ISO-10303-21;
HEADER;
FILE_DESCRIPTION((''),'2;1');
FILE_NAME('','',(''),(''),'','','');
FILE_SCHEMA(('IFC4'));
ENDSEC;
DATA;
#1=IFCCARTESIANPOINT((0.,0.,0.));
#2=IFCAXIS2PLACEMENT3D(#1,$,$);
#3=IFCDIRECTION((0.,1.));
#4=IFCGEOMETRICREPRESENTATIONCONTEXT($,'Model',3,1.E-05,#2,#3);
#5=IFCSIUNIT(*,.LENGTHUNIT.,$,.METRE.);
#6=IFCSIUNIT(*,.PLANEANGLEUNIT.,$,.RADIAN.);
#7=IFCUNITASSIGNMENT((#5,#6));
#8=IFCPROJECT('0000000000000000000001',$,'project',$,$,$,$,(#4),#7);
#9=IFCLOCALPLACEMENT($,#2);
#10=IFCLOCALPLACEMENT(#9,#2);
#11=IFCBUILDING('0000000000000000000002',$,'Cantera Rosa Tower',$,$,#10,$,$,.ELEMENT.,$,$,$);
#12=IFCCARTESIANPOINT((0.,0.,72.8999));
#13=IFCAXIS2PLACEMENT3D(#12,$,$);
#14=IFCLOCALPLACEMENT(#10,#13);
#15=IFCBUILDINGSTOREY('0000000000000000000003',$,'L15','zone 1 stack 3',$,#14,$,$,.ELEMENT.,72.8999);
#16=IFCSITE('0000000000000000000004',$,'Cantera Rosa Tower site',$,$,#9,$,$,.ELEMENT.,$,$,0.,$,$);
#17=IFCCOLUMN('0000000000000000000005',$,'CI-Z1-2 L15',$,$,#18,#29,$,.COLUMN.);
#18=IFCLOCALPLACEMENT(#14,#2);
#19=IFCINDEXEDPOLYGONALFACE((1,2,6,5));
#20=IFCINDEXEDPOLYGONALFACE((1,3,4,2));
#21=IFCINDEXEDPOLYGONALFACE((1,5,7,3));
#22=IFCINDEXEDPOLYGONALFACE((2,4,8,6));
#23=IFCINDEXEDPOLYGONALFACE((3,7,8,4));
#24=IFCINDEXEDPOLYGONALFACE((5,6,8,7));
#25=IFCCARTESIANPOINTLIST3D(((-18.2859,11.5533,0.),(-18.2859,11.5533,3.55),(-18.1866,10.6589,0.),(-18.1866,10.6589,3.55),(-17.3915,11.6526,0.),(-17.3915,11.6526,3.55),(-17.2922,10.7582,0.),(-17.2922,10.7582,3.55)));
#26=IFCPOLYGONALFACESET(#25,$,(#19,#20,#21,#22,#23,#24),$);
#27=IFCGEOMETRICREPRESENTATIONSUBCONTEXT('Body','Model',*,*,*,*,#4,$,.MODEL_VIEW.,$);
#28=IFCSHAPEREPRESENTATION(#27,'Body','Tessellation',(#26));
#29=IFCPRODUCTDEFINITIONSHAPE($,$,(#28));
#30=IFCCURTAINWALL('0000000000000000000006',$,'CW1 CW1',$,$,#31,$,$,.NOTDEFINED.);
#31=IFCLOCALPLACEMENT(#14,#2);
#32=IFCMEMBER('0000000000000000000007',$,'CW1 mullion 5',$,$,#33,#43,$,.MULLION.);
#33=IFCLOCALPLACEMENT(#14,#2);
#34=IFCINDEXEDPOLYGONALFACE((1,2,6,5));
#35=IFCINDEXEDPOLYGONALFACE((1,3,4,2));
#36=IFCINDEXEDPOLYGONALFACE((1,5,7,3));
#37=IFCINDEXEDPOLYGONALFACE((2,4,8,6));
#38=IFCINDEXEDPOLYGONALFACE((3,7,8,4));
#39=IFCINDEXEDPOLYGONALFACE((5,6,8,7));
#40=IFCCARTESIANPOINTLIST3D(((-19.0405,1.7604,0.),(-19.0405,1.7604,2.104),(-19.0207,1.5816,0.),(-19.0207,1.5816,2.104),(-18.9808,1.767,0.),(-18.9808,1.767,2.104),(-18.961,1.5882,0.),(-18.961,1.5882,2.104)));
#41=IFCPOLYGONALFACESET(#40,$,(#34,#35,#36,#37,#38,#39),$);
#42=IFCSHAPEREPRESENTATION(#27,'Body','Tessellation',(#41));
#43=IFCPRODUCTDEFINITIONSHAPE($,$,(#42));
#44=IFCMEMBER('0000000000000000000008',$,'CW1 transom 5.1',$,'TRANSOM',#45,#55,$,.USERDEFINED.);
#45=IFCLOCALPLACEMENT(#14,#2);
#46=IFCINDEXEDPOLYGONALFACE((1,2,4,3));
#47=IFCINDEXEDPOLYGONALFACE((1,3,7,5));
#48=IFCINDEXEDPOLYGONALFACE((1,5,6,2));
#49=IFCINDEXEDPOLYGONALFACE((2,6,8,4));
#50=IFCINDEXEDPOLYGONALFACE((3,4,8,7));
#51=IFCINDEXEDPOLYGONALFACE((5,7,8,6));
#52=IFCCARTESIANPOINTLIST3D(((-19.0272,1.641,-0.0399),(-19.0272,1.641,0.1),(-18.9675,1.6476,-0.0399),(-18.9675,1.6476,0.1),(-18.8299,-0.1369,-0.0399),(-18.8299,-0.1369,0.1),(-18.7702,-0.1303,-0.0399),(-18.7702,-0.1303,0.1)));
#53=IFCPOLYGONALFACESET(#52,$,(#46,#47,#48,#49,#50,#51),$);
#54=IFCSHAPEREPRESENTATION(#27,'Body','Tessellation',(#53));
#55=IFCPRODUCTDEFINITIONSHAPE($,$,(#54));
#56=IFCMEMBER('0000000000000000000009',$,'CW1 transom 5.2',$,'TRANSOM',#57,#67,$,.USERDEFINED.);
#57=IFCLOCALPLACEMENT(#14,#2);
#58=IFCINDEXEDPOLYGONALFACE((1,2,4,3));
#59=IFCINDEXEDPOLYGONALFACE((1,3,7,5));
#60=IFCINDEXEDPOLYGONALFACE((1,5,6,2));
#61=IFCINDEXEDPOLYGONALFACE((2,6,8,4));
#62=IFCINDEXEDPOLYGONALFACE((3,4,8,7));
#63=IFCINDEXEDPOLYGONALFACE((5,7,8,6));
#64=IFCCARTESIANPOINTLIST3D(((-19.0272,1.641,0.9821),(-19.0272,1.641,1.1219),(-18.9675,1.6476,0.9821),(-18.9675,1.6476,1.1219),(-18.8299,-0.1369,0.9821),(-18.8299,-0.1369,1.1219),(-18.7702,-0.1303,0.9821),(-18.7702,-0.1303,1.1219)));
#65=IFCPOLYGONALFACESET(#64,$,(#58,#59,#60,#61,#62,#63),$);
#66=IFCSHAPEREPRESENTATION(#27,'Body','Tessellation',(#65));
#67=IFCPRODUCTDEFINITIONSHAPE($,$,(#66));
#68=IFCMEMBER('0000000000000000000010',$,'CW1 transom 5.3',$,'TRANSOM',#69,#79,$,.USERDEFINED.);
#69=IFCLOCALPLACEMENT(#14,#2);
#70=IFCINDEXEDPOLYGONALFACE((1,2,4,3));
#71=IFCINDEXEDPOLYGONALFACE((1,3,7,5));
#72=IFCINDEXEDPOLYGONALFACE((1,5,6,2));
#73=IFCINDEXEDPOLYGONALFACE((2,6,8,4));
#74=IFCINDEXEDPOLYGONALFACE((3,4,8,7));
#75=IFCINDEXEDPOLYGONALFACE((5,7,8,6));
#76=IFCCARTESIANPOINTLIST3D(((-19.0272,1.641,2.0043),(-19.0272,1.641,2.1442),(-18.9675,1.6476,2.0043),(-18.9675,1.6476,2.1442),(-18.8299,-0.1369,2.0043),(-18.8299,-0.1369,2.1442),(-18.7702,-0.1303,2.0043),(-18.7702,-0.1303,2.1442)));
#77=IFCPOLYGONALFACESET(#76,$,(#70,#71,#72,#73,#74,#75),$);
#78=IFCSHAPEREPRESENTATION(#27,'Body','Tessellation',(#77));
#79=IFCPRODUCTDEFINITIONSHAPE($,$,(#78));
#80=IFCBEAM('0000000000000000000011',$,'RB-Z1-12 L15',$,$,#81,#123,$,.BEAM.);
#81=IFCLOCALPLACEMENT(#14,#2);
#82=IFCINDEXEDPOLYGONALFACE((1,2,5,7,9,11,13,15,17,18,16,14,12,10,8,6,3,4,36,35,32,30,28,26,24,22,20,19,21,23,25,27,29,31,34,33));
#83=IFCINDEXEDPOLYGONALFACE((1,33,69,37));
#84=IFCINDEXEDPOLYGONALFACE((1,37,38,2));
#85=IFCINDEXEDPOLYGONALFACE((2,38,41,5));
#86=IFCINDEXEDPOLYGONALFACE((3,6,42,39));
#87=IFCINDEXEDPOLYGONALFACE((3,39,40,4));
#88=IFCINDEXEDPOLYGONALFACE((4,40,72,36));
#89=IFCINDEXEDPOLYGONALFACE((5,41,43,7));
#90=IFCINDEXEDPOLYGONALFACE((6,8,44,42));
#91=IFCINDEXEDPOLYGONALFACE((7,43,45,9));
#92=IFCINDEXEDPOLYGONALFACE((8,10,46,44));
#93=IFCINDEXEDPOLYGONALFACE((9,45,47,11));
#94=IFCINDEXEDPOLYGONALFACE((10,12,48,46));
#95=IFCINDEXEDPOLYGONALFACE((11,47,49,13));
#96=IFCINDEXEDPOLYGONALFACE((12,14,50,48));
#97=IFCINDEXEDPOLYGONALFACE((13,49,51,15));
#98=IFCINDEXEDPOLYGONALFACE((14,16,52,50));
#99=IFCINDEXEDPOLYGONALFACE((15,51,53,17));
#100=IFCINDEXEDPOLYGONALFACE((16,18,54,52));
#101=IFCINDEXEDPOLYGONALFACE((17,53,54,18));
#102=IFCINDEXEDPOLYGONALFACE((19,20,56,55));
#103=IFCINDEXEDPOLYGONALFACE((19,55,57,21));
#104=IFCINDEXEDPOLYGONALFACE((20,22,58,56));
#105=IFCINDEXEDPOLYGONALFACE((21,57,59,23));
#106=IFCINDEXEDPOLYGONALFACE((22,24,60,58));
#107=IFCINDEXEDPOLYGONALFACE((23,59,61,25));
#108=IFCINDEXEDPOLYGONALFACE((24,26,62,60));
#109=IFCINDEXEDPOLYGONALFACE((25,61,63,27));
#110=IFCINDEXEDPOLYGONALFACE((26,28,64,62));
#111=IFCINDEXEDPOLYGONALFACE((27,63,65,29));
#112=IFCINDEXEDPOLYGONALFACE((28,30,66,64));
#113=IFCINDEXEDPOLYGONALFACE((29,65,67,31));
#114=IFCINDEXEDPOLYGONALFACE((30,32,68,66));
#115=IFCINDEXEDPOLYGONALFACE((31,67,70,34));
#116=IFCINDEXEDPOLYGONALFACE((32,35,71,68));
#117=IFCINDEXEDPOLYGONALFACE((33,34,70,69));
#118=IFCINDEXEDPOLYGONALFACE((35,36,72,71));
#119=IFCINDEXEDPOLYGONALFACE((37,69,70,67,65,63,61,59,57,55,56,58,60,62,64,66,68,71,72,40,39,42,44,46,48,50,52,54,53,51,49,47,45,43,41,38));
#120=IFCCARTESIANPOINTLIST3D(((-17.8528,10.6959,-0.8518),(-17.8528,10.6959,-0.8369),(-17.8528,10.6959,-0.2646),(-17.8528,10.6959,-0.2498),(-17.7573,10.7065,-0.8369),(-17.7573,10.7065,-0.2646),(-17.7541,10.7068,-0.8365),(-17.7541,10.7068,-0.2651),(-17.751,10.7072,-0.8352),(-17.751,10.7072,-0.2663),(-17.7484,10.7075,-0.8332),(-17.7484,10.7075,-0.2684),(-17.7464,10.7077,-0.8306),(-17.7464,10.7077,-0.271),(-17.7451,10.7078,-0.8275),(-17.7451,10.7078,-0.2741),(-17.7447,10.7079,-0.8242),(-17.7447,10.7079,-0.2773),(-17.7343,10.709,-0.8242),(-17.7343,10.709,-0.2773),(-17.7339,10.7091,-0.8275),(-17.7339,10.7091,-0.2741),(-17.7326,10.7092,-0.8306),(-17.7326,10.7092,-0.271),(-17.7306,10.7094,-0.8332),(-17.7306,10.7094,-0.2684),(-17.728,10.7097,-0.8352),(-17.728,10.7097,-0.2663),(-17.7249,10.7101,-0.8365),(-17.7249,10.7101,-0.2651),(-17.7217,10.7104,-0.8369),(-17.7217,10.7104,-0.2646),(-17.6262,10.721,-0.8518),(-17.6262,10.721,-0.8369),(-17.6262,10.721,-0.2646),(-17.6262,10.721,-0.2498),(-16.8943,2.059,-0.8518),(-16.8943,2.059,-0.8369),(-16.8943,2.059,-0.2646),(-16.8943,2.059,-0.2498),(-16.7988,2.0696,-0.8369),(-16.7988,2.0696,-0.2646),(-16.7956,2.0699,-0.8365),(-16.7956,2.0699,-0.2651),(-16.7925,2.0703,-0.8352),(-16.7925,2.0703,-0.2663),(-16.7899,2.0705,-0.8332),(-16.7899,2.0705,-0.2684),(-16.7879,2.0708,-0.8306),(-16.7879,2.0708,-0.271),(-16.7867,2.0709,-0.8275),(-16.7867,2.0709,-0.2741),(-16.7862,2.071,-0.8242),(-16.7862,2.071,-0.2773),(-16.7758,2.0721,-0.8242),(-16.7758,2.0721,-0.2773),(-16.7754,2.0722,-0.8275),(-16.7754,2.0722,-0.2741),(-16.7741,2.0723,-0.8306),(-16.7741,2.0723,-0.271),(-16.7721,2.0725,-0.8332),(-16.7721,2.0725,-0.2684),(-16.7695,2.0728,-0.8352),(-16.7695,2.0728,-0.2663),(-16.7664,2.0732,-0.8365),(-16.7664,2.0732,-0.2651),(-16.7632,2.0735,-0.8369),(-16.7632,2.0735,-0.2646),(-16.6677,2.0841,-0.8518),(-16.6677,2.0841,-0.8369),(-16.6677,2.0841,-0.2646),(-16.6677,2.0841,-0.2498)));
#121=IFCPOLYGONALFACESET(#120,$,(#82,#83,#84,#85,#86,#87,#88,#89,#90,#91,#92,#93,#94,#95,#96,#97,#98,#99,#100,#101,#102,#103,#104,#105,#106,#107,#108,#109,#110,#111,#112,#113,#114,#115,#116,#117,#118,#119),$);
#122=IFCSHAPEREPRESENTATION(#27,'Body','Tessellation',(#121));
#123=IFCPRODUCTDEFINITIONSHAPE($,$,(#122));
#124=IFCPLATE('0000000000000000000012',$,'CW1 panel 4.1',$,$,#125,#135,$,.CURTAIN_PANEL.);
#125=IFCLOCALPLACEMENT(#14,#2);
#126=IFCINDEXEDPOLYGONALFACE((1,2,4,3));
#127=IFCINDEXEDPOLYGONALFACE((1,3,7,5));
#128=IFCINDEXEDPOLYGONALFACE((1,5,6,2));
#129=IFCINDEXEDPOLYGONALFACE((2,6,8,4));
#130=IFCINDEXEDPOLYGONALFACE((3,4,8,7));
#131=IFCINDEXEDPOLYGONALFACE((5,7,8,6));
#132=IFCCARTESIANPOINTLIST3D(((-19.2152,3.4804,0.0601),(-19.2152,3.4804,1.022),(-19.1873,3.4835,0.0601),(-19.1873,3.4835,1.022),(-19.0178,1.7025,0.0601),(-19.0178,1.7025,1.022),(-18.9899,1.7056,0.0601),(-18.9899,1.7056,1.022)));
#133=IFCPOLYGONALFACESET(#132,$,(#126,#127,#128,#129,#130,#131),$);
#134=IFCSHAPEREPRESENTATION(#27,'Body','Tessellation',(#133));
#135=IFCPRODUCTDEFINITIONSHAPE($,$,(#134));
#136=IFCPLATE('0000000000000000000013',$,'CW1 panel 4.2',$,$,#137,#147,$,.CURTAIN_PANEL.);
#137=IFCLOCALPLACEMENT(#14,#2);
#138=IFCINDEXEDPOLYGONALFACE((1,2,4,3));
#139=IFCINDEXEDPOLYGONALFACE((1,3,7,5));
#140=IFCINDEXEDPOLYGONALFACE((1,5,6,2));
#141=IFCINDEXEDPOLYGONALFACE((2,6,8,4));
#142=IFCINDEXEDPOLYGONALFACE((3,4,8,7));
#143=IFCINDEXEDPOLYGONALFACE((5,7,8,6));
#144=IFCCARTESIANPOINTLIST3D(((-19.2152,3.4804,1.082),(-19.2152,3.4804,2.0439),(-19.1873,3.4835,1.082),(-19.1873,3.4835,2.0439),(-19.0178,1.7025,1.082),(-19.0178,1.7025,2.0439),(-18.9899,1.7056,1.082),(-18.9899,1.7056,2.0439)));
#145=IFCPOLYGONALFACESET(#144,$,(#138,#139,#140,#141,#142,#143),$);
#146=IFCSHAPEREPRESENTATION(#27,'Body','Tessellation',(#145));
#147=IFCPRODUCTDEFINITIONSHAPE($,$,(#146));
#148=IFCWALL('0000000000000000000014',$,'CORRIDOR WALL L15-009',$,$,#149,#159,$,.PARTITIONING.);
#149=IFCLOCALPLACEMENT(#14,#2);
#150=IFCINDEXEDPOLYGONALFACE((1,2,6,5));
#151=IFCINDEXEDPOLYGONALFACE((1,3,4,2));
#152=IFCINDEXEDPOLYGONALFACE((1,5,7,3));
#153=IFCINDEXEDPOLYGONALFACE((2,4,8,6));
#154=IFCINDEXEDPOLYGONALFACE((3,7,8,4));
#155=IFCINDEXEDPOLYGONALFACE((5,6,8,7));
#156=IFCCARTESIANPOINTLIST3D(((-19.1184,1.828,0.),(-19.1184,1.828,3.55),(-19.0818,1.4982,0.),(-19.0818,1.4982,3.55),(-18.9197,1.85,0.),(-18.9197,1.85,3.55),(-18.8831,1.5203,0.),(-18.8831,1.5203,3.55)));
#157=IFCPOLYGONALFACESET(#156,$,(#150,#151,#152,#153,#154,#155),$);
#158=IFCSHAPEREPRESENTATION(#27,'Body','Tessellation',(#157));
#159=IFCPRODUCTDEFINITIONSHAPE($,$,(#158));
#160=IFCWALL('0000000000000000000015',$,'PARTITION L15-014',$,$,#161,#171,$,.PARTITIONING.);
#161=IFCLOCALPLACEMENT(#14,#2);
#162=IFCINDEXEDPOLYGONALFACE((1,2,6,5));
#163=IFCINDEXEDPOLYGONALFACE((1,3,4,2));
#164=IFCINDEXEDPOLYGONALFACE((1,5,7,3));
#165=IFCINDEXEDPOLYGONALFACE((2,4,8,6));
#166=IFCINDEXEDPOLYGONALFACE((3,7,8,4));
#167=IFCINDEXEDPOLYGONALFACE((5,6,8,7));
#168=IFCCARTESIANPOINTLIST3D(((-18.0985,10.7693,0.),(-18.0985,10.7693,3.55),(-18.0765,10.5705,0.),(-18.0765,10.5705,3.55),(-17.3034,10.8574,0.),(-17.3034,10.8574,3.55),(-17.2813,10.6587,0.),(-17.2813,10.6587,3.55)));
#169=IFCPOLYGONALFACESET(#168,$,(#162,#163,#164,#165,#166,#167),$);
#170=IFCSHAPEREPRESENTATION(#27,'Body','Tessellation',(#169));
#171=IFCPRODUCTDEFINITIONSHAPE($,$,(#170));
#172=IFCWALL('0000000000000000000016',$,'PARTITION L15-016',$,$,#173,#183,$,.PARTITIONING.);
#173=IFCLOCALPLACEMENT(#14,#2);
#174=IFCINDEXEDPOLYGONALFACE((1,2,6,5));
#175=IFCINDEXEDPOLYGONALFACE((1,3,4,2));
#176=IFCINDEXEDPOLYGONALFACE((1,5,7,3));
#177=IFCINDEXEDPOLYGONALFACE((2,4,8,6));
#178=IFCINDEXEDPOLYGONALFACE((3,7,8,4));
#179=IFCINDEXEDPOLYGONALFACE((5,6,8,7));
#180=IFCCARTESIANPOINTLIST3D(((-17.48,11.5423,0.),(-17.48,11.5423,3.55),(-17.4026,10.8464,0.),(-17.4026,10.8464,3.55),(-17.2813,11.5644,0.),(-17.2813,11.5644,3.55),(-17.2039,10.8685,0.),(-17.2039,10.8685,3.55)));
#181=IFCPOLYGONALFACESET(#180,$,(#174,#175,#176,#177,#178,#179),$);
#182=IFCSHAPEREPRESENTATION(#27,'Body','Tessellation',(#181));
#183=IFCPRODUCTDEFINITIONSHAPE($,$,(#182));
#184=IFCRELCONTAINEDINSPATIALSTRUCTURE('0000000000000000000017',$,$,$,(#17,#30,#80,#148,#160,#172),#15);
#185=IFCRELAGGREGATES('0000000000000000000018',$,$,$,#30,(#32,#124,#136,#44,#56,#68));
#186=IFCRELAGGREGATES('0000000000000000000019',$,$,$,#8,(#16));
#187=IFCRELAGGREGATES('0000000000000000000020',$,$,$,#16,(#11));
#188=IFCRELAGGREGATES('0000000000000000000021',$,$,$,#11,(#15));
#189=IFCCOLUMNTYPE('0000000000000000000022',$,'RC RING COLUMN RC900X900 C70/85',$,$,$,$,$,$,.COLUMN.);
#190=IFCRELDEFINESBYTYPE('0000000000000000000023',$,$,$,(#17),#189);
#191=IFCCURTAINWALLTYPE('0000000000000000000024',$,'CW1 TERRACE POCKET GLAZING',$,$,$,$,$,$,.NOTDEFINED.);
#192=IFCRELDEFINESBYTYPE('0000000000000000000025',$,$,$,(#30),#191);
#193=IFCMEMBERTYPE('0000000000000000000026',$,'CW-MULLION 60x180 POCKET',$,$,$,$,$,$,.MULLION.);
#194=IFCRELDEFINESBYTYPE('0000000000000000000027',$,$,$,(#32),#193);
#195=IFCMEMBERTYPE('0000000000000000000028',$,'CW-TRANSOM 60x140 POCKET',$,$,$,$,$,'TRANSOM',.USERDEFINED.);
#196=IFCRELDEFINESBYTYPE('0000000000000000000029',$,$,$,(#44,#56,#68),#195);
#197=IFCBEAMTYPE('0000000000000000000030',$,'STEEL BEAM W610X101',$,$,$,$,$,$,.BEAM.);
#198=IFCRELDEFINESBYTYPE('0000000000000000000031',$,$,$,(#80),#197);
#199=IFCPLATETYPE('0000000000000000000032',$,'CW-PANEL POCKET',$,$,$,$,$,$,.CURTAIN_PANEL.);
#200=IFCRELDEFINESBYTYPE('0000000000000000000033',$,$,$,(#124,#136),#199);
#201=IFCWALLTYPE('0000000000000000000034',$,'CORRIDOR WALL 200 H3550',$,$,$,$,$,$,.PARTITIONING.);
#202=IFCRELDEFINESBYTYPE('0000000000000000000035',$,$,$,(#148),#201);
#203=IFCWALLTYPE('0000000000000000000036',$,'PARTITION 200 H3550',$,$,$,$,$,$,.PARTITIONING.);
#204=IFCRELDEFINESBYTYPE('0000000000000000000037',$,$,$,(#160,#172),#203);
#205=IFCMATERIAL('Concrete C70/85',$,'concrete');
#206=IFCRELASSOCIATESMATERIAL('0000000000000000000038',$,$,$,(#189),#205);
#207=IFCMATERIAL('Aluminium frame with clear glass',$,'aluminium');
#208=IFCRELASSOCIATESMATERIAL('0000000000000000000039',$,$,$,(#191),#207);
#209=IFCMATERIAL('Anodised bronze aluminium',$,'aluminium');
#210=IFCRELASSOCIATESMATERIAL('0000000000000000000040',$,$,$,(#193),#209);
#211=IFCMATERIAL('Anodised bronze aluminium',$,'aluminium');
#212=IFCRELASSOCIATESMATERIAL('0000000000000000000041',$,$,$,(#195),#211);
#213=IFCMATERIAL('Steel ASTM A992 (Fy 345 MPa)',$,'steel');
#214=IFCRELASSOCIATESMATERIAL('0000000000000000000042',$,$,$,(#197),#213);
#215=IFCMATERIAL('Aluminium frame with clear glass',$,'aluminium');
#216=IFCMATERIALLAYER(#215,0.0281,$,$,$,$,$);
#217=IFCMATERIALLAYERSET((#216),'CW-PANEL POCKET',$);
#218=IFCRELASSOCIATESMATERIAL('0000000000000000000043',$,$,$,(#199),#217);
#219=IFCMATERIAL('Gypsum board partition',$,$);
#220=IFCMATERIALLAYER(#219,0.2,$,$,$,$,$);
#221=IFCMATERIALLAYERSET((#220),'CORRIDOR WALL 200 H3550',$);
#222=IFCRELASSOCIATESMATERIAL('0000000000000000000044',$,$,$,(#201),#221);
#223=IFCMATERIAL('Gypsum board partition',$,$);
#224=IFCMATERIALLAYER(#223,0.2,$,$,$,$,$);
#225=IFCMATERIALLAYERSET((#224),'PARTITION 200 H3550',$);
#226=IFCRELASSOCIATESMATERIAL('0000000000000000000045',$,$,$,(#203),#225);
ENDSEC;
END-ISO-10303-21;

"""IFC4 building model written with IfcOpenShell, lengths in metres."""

from ifc_helpers import new_model, si_unit, direction, frame, frame_2d, origin, origin_2d, place, context, subcontext, project, spatial, rectangle, i_section, extrude, material, layer, layer_set, material_profile, profile_set, type_object, element, aggregate, save


model = new_model("IFC4")

# Units and contexts
model_context = context("Model", 3, precision=1e-05, world=origin(), true_north=direction((0.0, 1.0)))
body_context = subcontext(model_context, "Body", "Model", "MODEL_VIEW")
ifc_project = project(units=[si_unit("LENGTHUNIT", "METRE"), si_unit("PLANEANGLEUNIT", "RADIAN")], contexts=[model_context])

# Site, building, storey
site_placement = place(None, origin())
site = spatial("IfcSite", under=ifc_project, at=site_placement, Name="Cantera Rosa Tower site", CompositionType="ELEMENT", RefElevation=0.0)
building_placement = place(site_placement, origin())
building = spatial("IfcBuilding", under=site, at=building_placement, Name="Cantera Rosa Tower", CompositionType="ELEMENT")
storey_placement = place(building_placement, frame((0.0, 0.0, 72.8999)))
storey = spatial("IfcBuildingStorey", under=building, at=storey_placement, Name="L15", Description="zone 1 stack 3", CompositionType="ELEMENT", Elevation=72.8999)

# Column
ifc_material_1 = material(Name="Concrete C70/85", Category="concrete")
ifc_material_profile_1 = material_profile(ifc_material_1, rectangle(XDim=0.8999, YDim=0.8999, at=origin_2d()), Name="RC RING COLUMN RC900X900 C70/85")
ifc_profile_set_1 = profile_set([ifc_material_profile_1], Name="Concrete C70/85")
column_type = type_object("IfcColumnType", Name="RC RING COLUMN RC900X900 C70/85", PredefinedType="COLUMN", material=ifc_profile_set_1)
column_placement = place(storey_placement, frame((-17.7891, 11.1558, 0.0), z_axis=(0.0, 0.0, 1.0), x_axis=(0.993897, 0.110313, 0.0)))
element("IfcColumn", 1, at=column_placement, inside=storey, type_object=column_type, Name="CI-Z1-2 L15", PredefinedType="COLUMN", context=body_context, shape_type="SweptSolid", body=[
    extrude(rectangle(XDim=0.8999, YDim=0.8999, at=origin_2d()), origin(), (0.0, 0.0, 1.0), 3.55),
])

# Curtain wall, members
ifc_material_2 = material(Name="Aluminium frame with clear glass", Category="aluminium")
curtain_wall_type = type_object("IfcCurtainWallType", Name="CW1 TERRACE POCKET GLAZING", PredefinedType="NOTDEFINED", material=ifc_material_2)
curtain_wall_placement = place(storey_placement, origin())
curtain_wall = element("IfcCurtainWall", 2, at=curtain_wall_placement, inside=storey, type_object=curtain_wall_type, Name="CW1 CW1", PredefinedType="NOTDEFINED")
ifc_material_3 = material(Name="Anodised bronze aluminium", Category="aluminium")
ifc_material_profile_2 = material_profile(ifc_material_3, rectangle(XDim=0.0601, YDim=0.1799, at=origin_2d()), Name="CW-MULLION 60x180 POCKET")
ifc_profile_set_2 = profile_set([ifc_material_profile_2], Name="Anodised bronze aluminium")
member_type_1 = type_object("IfcMemberType", Name="CW-MULLION 60x180 POCKET", PredefinedType="MULLION", material=ifc_profile_set_2)
member_1_placement = place(storey_placement, frame((-19.0007, 1.6743, 0.0), z_axis=(0.0, 0.0, 1.0), x_axis=(0.993897, 0.110313, 0.0)))
member_1 = element("IfcMember", 3, at=member_1_placement, type_object=member_type_1, Name="CW1 mullion 5", PredefinedType="MULLION", context=body_context, shape_type="SweptSolid", body=[
    extrude(rectangle(XDim=0.0601, YDim=0.1799, at=origin_2d()), origin(), (0.0, 0.0, 1.0), 2.104),
])
ifc_material_4 = material(Name="Anodised bronze aluminium", Category="aluminium")
ifc_material_profile_3 = material_profile(ifc_material_4, rectangle(XDim=0.0601, YDim=0.1399, at=origin_2d()), Name="CW-TRANSOM 60x140 POCKET")
ifc_profile_set_3 = profile_set([ifc_material_profile_3], Name="Anodised bronze aluminium")
member_type_2 = type_object("IfcMemberType", Name="CW-TRANSOM 60x140 POCKET", ElementType="TRANSOM", PredefinedType="USERDEFINED", material=ifc_profile_set_3)
member_2_placement = place(storey_placement, frame((-18.9973, 1.6443, 0.03), z_axis=(0.110282, -0.9939, 0.0), x_axis=(0.9939, 0.110282, 0.0)))
member_2 = element("IfcMember", 4, at=member_2_placement, type_object=member_type_2, Name="CW1 transom 5.1", ObjectType="TRANSOM", PredefinedType="USERDEFINED", context=body_context, shape_type="SweptSolid", body=[
    extrude(rectangle(XDim=0.0601, YDim=0.1399, at=origin_2d()), origin(), (0.0, 0.0, 1.0), 1.7888),
])
member_3_placement = place(storey_placement, frame((-18.9973, 1.6443, 1.052), z_axis=(0.110282, -0.9939, 0.0), x_axis=(0.9939, 0.110282, 0.0)))
member_3 = element("IfcMember", 5, at=member_3_placement, type_object=member_type_2, Name="CW1 transom 5.2", ObjectType="TRANSOM", PredefinedType="USERDEFINED", context=body_context, shape_type="SweptSolid", body=[
    extrude(rectangle(XDim=0.0601, YDim=0.1399, at=origin_2d()), origin(), (0.0, 0.0, 1.0), 1.7888),
])
member_4_placement = place(storey_placement, frame((-18.9973, 1.6443, 2.0742), z_axis=(0.110282, -0.9939, 0.0), x_axis=(0.9939, 0.110282, 0.0)))
member_4 = element("IfcMember", 6, at=member_4_placement, type_object=member_type_2, Name="CW1 transom 5.3", ObjectType="TRANSOM", PredefinedType="USERDEFINED", context=body_context, shape_type="SweptSolid", body=[
    extrude(rectangle(XDim=0.0601, YDim=0.1399, at=origin_2d()), origin(), (0.0, 0.0, 1.0), 1.7888),
])

# Beam
ifc_material_5 = material(Name="Steel ASTM A992 (Fy 345 MPa)", Category="steel")
ifc_material_profile_4 = material_profile(ifc_material_5, i_section(OverallWidth=0.228, OverallDepth=0.6021, WebThickness=0.0105, FlangeThickness=0.0149, FilletRadius=0.0127, at=origin_2d()), Name="W610X101")
ifc_profile_set_4 = profile_set([ifc_material_profile_4], Name="Steel ASTM A992 (Fy 345 MPa)")
beam_type = type_object("IfcBeamType", Name="STEEL BEAM W610X101", PredefinedType="BEAM", material=ifc_profile_set_4)
beam_placement = place(storey_placement, frame((-16.781, 2.0715, -0.5508), z_axis=(-0.110299, 0.993898, 0.0), x_axis=(-0.993898, -0.110299, 0.0)))
element("IfcBeam", 7, at=beam_placement, inside=storey, type_object=beam_type, Name="RB-Z1-12 L15", PredefinedType="BEAM", context=body_context, shape_type="SweptSolid", body=[
    extrude(i_section(OverallWidth=0.228, OverallDepth=0.6021, WebThickness=0.0105, FlangeThickness=0.0149, FilletRadius=0.0127, at=origin_2d()), origin(), (0.0, 0.0, 1.0), 8.6899),
])

# Plates
ifc_material_6 = material(Name="Aluminium frame with clear glass", Category="aluminium")
ifc_layer_1 = layer(ifc_material_6, 0.0281)
ifc_layer_set_1 = layer_set([ifc_layer_1], Name="CW-PANEL POCKET")
plate_type = type_object("IfcPlateType", Name="CW-PANEL POCKET", PredefinedType="CURTAIN_PANEL", material=ifc_layer_set_1)
plate_1_placement = place(storey_placement, frame((-19.1025, 2.593, 0.0601), z_axis=(0.0, 0.0, 1.0), x_axis=(0.110313, -0.993897, 0.0)))
plate_1 = element("IfcPlate", 8, at=plate_1_placement, type_object=plate_type, Name="CW1 panel 4.1", PredefinedType="CURTAIN_PANEL", context=body_context, shape_type="SweptSolid", body=[
    extrude(rectangle(XDim=1.7888, YDim=0.0281, at=origin_2d()), origin(), (0.0, 0.0, 1.0), 0.9619),
])
plate_2_placement = place(storey_placement, frame((-19.1025, 2.593, 1.082), z_axis=(0.0, 0.0, 1.0), x_axis=(0.110313, -0.993897, 0.0)))
plate_2 = element("IfcPlate", 9, at=plate_2_placement, type_object=plate_type, Name="CW1 panel 4.2", PredefinedType="CURTAIN_PANEL", context=body_context, shape_type="SweptSolid", body=[
    extrude(rectangle(XDim=1.7888, YDim=0.0281, at=origin_2d()), origin(), (0.0, 0.0, 1.0), 0.9619),
])
aggregate(curtain_wall, [member_1, plate_1, plate_2, member_2, member_3, member_4])

# Walls
ifc_material_7 = material(Name="Gypsum board partition")
ifc_layer_2 = layer(ifc_material_7, 0.2)
ifc_layer_set_2 = layer_set([ifc_layer_2], Name="CORRIDOR WALL 200 H3550")
wall_type_1 = type_object("IfcWallType", Name="CORRIDOR WALL 200 H3550", PredefinedType="PARTITIONING", material=ifc_layer_set_2)
wall_1_placement = place(storey_placement, frame((-19.019, 1.8391, 0.0), z_axis=(0.0, 0.0, 1.0), x_axis=(0.110351, -0.993893, 0.0)))
element("IfcWall", 10, at=wall_1_placement, inside=storey, type_object=wall_type_1, Name="CORRIDOR WALL L15-009", PredefinedType="PARTITIONING", context=body_context, shape_type="SweptSolid", body=[
    extrude(rectangle(XDim=0.3318, YDim=0.2, at=frame_2d((0.166, 0.0))), origin(), (0.0, 0.0, 1.0), 3.55),
])
ifc_material_8 = material(Name="Gypsum board partition")
ifc_layer_3 = layer(ifc_material_8, 0.2)
ifc_layer_set_3 = layer_set([ifc_layer_3], Name="PARTITION 200 H3550")
wall_type_2 = type_object("IfcWallType", Name="PARTITION 200 H3550", PredefinedType="PARTITIONING", material=ifc_layer_set_3)
wall_2_placement = place(storey_placement, frame((-18.0874, 10.6699, 0.0), z_axis=(0.0, 0.0, 1.0), x_axis=(0.993913, 0.110164, 0.0)))
element("IfcWall", 11, at=wall_2_placement, inside=storey, type_object=wall_type_2, Name="PARTITION L15-014", PredefinedType="PARTITIONING", context=body_context, shape_type="SweptSolid", body=[
    extrude(rectangle(XDim=0.8, YDim=0.2, at=frame_2d((0.3999, 0.0))), origin(), (0.0, 0.0, 1.0), 3.55),
])
wall_3_placement = place(storey_placement, frame((-17.3032, 10.8574, 0.0), z_axis=(0.0, 0.0, 1.0), x_axis=(-0.110546, 0.993871, 0.0)))
element("IfcWall", 12, at=wall_3_placement, inside=storey, type_object=wall_type_2, Name="PARTITION L15-016", PredefinedType="PARTITIONING", context=body_context, shape_type="SweptSolid", body=[
    extrude(rectangle(XDim=0.7002, YDim=0.2, at=frame_2d((0.3501, 0.0))), origin(), (0.0, 0.0, 1.0), 3.55),
])

save(model, "model.ifc")
